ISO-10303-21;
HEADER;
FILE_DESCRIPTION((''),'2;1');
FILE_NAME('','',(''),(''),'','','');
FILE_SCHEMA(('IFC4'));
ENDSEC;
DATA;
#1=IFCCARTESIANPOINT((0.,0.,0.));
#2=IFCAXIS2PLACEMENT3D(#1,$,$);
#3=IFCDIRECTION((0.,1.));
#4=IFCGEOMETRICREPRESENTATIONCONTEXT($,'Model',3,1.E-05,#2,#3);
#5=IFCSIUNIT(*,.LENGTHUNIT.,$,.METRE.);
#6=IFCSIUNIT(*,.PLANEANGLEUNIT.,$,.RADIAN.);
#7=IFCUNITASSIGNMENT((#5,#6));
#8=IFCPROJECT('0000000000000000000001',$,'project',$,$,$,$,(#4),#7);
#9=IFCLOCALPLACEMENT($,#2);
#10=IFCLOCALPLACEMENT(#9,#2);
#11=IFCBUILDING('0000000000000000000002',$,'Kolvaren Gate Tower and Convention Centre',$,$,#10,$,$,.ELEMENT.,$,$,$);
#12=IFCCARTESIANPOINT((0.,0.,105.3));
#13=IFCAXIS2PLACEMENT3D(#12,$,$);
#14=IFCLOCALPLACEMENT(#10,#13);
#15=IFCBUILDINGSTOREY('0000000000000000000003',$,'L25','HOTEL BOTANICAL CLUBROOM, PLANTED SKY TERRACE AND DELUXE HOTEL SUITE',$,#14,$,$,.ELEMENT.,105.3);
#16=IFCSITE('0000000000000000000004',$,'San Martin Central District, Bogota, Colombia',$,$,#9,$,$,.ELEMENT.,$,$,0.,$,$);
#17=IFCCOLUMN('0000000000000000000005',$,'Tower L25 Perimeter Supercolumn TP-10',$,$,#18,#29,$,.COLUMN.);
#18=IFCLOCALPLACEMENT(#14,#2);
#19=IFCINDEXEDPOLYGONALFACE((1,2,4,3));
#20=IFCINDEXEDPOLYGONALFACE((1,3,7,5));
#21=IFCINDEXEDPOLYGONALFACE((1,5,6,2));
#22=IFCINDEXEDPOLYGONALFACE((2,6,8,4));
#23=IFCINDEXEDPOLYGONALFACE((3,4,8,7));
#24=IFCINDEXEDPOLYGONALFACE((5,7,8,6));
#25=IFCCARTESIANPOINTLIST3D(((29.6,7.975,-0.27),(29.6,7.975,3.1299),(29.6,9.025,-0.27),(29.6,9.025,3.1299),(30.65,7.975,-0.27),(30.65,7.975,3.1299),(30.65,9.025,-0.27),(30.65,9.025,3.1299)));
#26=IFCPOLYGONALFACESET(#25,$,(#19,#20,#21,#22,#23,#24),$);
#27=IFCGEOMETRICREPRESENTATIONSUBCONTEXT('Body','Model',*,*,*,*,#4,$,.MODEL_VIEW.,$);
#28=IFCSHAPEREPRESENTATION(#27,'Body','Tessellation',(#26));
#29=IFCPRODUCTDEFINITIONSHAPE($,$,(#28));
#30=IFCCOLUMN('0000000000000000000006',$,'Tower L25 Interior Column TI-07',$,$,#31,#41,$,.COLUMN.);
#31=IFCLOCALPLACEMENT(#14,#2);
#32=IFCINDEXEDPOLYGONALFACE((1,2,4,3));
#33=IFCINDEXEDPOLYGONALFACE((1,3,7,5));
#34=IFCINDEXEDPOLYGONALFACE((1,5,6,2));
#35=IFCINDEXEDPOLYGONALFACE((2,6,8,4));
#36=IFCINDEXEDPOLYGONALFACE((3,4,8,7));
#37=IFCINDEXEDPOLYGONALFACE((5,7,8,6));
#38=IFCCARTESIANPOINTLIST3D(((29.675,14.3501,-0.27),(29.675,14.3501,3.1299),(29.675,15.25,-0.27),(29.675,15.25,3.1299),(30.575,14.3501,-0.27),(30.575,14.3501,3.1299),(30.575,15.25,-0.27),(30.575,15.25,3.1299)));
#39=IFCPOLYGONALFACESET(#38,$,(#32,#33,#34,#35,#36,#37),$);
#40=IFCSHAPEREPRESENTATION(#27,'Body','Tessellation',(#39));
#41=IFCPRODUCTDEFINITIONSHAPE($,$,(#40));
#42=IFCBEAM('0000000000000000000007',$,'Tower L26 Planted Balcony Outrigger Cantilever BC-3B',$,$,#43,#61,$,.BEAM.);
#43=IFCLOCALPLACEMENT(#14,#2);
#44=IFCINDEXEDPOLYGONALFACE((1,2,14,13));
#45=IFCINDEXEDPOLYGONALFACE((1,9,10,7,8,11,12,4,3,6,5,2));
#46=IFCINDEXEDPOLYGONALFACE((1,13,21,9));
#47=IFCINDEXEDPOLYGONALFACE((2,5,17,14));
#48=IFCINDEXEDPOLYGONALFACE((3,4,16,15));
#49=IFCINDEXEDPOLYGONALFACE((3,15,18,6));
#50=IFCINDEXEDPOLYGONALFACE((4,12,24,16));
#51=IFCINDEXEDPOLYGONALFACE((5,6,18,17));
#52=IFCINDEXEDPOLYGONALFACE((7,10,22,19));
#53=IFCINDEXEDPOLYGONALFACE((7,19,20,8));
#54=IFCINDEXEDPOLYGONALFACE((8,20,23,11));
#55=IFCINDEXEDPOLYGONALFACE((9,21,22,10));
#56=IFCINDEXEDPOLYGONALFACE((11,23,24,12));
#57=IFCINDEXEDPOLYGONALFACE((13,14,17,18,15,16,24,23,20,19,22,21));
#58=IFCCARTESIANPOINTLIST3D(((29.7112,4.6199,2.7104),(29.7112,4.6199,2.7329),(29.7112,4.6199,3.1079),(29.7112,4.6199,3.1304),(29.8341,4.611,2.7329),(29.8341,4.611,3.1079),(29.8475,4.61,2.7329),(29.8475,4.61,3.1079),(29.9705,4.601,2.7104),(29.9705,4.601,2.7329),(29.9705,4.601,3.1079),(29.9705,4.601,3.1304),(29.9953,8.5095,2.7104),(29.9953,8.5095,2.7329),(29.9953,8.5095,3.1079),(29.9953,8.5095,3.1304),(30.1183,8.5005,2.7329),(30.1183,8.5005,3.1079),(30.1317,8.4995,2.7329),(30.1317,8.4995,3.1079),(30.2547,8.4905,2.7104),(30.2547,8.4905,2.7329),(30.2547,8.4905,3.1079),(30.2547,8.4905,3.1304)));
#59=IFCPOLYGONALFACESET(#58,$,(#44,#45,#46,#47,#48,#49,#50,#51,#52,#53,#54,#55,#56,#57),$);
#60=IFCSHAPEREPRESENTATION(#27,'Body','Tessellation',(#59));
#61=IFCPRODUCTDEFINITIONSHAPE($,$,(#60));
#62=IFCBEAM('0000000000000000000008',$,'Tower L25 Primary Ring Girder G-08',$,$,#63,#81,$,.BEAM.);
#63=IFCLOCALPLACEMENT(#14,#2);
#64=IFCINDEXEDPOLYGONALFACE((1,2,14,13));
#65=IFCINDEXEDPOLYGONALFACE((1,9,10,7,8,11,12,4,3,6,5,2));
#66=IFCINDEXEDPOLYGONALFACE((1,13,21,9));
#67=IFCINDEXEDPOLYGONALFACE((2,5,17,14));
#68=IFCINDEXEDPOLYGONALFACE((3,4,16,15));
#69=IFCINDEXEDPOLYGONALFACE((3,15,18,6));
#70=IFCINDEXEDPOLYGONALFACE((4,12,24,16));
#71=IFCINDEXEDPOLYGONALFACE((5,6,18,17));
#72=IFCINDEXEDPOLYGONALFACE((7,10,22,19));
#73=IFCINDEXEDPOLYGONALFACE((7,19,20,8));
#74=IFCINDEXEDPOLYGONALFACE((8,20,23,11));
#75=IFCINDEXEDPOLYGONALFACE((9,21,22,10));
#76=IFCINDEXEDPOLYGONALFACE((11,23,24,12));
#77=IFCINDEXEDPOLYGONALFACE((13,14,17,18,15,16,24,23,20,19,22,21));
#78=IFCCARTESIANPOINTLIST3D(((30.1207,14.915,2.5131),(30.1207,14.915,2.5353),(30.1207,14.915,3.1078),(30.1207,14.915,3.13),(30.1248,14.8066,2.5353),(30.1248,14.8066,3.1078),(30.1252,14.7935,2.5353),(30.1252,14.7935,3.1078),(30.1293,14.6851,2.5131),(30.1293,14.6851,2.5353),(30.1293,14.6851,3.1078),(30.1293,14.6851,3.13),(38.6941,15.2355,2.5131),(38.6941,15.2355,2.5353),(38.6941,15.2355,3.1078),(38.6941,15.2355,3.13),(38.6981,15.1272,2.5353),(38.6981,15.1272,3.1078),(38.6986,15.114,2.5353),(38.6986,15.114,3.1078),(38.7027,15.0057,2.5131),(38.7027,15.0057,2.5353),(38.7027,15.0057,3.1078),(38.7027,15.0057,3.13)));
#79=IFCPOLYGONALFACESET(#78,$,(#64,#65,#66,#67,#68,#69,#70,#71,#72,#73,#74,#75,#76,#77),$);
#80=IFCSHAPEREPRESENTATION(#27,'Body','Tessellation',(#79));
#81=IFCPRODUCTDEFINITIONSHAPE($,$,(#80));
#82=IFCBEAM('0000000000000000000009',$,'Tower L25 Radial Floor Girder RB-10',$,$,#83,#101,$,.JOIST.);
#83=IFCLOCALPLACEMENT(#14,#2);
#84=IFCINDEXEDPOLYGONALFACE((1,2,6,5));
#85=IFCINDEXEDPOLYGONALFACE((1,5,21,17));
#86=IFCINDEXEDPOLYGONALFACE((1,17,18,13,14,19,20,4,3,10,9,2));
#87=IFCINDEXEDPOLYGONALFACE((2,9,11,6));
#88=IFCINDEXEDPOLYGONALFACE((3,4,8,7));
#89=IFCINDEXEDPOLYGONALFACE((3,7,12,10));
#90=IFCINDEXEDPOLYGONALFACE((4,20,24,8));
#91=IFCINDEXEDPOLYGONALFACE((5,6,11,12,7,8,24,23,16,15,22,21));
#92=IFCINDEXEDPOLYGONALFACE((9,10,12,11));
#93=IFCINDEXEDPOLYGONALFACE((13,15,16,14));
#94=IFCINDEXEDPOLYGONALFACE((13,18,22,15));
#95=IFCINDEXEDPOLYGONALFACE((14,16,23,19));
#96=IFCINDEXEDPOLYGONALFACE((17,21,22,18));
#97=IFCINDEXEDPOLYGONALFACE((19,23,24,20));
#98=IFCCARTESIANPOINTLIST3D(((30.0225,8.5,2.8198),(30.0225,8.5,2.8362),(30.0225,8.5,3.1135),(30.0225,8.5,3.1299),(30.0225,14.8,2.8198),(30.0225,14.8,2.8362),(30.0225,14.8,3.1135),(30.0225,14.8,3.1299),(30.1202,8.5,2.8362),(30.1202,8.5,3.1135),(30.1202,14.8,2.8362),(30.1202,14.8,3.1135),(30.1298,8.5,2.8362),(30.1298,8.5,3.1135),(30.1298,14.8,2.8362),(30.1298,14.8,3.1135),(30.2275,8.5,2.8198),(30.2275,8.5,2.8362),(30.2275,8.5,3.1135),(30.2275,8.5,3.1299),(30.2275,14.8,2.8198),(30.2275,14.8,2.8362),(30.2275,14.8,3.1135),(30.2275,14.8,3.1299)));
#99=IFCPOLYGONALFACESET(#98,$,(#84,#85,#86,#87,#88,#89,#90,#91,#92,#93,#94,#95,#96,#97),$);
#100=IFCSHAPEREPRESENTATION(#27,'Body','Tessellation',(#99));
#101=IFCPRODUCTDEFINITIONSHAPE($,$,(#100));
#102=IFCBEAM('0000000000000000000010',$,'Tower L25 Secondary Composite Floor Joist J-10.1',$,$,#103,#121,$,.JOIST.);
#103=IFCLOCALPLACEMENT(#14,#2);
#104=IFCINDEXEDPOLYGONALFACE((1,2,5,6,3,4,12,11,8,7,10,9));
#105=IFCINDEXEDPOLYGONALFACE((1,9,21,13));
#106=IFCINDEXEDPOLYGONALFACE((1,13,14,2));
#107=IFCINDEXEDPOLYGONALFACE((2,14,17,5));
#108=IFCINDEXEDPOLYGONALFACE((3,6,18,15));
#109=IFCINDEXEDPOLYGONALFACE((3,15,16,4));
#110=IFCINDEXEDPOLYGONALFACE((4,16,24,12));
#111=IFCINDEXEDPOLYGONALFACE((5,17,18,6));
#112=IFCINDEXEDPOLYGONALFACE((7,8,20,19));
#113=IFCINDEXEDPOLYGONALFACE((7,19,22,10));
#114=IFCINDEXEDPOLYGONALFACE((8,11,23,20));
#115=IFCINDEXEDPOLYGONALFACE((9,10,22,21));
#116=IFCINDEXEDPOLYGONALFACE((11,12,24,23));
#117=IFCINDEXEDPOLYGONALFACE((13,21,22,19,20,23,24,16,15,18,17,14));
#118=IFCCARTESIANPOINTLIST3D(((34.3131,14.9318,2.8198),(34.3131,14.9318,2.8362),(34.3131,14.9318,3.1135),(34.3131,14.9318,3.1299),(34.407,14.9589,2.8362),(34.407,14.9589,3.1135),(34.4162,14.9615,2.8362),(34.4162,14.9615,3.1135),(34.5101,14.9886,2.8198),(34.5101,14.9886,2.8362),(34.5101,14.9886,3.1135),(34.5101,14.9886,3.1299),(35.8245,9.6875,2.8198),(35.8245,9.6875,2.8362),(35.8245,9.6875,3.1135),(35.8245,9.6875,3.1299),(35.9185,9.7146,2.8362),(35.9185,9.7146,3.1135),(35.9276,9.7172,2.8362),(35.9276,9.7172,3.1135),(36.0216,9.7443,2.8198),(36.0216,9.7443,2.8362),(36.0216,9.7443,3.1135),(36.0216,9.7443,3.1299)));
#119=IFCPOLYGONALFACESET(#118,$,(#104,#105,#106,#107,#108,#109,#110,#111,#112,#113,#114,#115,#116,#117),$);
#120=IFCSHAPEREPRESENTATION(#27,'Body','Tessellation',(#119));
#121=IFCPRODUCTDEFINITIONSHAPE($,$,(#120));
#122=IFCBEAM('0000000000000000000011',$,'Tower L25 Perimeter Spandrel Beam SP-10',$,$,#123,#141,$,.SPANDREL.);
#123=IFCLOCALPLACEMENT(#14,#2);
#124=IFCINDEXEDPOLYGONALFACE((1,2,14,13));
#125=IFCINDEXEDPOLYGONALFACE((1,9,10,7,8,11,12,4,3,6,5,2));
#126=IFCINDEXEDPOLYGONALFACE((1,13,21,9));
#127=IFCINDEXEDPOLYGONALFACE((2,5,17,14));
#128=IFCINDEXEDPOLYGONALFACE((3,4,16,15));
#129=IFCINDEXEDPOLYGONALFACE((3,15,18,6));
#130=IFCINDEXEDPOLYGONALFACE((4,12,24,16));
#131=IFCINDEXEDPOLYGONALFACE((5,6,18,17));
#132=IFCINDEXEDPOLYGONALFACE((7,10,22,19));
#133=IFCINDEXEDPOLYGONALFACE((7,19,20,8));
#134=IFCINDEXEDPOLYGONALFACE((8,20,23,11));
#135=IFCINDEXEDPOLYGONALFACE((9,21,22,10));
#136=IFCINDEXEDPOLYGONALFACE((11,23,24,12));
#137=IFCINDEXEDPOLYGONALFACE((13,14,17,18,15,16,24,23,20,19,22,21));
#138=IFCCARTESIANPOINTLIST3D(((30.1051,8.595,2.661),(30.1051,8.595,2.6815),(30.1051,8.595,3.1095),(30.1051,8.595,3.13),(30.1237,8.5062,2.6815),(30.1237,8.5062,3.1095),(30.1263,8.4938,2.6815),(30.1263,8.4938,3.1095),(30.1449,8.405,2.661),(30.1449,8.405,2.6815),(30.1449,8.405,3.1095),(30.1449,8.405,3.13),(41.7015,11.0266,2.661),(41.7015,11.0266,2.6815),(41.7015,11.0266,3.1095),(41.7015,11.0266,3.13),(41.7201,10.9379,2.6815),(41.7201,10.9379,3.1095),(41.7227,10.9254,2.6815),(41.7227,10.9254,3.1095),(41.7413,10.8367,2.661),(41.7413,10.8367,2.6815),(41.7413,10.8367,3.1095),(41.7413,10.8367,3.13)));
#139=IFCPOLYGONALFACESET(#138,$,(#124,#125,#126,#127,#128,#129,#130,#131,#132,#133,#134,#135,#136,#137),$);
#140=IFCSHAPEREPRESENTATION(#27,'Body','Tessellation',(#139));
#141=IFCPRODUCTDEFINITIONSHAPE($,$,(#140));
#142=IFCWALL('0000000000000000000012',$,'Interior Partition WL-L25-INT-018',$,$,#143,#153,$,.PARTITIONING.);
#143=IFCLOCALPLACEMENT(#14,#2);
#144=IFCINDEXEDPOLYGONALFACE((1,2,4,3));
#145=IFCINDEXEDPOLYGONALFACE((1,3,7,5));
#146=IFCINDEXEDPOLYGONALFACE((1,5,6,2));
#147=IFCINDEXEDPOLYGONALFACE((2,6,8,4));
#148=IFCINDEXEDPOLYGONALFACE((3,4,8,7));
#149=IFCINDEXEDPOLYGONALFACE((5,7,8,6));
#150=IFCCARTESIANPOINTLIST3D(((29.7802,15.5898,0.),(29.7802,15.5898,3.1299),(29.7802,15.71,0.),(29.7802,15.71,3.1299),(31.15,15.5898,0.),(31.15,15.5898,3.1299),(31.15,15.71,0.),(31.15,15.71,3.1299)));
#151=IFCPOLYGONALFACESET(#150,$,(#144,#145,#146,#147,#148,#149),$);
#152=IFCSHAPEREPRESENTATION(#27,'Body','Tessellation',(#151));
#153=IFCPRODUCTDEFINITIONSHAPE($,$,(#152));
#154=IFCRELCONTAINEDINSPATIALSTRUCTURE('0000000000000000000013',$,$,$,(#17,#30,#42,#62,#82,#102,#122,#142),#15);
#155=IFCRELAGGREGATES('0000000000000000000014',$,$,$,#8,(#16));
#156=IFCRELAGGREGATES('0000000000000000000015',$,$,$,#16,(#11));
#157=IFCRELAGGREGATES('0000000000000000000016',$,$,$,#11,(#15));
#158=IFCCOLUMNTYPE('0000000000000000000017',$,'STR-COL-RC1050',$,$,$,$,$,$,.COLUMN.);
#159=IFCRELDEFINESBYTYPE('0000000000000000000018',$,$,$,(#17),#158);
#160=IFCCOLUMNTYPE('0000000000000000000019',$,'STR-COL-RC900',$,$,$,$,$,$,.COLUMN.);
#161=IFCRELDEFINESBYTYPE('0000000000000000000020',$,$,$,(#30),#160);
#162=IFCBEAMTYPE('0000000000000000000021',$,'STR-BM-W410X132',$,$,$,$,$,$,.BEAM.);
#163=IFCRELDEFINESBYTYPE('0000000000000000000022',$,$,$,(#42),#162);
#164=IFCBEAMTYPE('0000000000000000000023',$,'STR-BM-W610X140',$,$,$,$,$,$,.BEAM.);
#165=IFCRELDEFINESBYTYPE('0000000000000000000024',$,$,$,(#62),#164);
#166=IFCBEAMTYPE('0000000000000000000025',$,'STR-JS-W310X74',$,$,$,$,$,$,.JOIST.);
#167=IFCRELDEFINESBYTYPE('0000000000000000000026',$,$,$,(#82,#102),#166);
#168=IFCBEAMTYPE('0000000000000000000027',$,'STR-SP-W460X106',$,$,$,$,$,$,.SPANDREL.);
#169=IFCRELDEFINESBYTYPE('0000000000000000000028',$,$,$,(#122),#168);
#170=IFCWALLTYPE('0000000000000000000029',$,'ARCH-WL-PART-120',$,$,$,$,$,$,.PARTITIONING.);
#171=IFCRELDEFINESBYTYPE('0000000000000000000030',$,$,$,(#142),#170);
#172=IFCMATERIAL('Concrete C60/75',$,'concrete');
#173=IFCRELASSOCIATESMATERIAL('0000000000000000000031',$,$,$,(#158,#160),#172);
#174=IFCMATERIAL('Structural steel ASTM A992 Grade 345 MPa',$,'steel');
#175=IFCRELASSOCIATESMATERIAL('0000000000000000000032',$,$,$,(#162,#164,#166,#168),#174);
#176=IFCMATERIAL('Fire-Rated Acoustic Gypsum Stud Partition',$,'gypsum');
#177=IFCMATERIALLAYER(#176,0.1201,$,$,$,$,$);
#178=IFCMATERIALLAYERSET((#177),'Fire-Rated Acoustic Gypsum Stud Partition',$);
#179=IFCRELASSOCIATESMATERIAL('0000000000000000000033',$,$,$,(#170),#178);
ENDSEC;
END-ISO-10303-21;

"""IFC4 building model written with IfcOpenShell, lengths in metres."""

from ifc_helpers import new_model, si_unit, direction, frame, frame_2d, origin, origin_2d, place, context, subcontext, project, spatial, rectangle, i_section, extrude, material, layer, layer_set, material_profile, profile_set, type_object, element, save


model = new_model("IFC4")

# Units and contexts
model_context = context("Model", 3, precision=1e-05, world=origin(), true_north=direction((0.0, 1.0)))
body_context = subcontext(model_context, "Body", "Model", "MODEL_VIEW")
ifc_project = project(units=[si_unit("LENGTHUNIT", "METRE"), si_unit("PLANEANGLEUNIT", "RADIAN")], contexts=[model_context])

# Site, building, storey
site_placement = place(None, origin())
site = spatial("IfcSite", under=ifc_project, at=site_placement, Name="San Martin Central District, Bogota, Colombia", CompositionType="ELEMENT", RefElevation=0.0)
building_placement = place(site_placement, origin())
building = spatial("IfcBuilding", under=site, at=building_placement, Name="Kolvaren Gate Tower and Convention Centre", CompositionType="ELEMENT")
storey_placement = place(building_placement, frame((0.0, 0.0, 105.3)))
storey = spatial("IfcBuildingStorey", under=building, at=storey_placement, Name="L25", Description="HOTEL BOTANICAL CLUBROOM, PLANTED SKY TERRACE AND DELUXE HOTEL SUITE", CompositionType="ELEMENT", Elevation=105.3)

# Columns
ifc_material_1 = material(Name="Concrete C60/75", Category="concrete")
ifc_material_profile_1 = material_profile(ifc_material_1, rectangle(XDim=1.05, YDim=1.05, at=origin_2d()), Name="RC-COL-1050X1050")
ifc_profile_set_1 = profile_set([ifc_material_profile_1], Name="Concrete C60/75")
column_type_1 = type_object("IfcColumnType", Name="STR-COL-RC1050", PredefinedType="COLUMN", material=ifc_profile_set_1)
column_1_placement = place(storey_placement, frame((30.125, 8.5, -0.27), z_axis=(0.0, 0.0, 1.0), x_axis=(1.0, 0.0, 0.0)))
element("IfcColumn", 1, at=column_1_placement, inside=storey, type_object=column_type_1, Name="Tower L25 Perimeter Supercolumn TP-10", PredefinedType="COLUMN", context=body_context, shape_type="SweptSolid", body=[
    extrude(rectangle(XDim=1.05, YDim=1.05, at=origin_2d()), origin(), (0.0, 0.0, 1.0), 3.3999),
])
ifc_material_profile_2 = material_profile(ifc_material_1, rectangle(XDim=0.8999, YDim=0.8999, at=origin_2d()), Name="RC-COL-900X900")
ifc_profile_set_2 = profile_set([ifc_material_profile_2], Name="Concrete C60/75")
column_type_2 = type_object("IfcColumnType", Name="STR-COL-RC900", PredefinedType="COLUMN", material=ifc_profile_set_2)
column_2_placement = place(storey_placement, frame((30.125, 14.8, -0.27), z_axis=(0.0, 0.0, 1.0), x_axis=(1.0, 0.0, 0.0)))
element("IfcColumn", 2, at=column_2_placement, inside=storey, type_object=column_type_2, Name="Tower L25 Interior Column TI-07", PredefinedType="COLUMN", context=body_context, shape_type="SweptSolid", body=[
    extrude(rectangle(XDim=0.8999, YDim=0.8999, at=origin_2d()), origin(), (0.0, 0.0, 1.0), 3.3999),
])

# Beams
ifc_material_2 = material(Name="Structural steel ASTM A992 Grade 345 MPa", Category="steel")
ifc_material_profile_3 = material_profile(ifc_material_2, i_section(OverallWidth=0.26, OverallDepth=0.4199, WebThickness=0.0134, FlangeThickness=0.0225, at=origin_2d()), Name="W410X132")
ifc_profile_set_3 = profile_set([ifc_material_profile_3], Name="Structural steel ASTM A992 Grade 345 MPa")
beam_type_1 = type_object("IfcBeamType", Name="STR-BM-W410X132", PredefinedType="BEAM", material=ifc_profile_set_3)
beam_1_placement = place(storey_placement, frame((30.125, 8.5, 2.9204), z_axis=(-0.072866, -0.997342, 0.0), x_axis=(0.997342, -0.072866, 0.0)))
element("IfcBeam", 3, at=beam_1_placement, inside=storey, type_object=beam_type_1, Name="Tower L26 Planted Balcony Outrigger Cantilever BC-3B", PredefinedType="BEAM", context=body_context, shape_type="SweptSolid", body=[
    extrude(i_section(OverallWidth=0.26, OverallDepth=0.4199, WebThickness=0.0134, FlangeThickness=0.0225, at=origin_2d()), origin(), (0.0, 0.0, 1.0), 3.8999),
])
ifc_material_profile_4 = material_profile(ifc_material_2, i_section(OverallWidth=0.23, OverallDepth=0.6169, WebThickness=0.0132, FlangeThickness=0.0222, at=origin_2d()), Name="W610X140")
ifc_profile_set_4 = profile_set([ifc_material_profile_4], Name="Structural steel ASTM A992 Grade 345 MPa")
beam_type_2 = type_object("IfcBeamType", Name="STR-BM-W610X140", PredefinedType="BEAM", material=ifc_profile_set_4)
beam_2_placement = place(storey_placement, frame((30.125, 14.8, 2.8215), z_axis=(0.999302, 0.037364, 0.0), x_axis=(-0.037364, 0.999302, 0.0)))
element("IfcBeam", 4, at=beam_2_placement, inside=storey, type_object=beam_type_2, Name="Tower L25 Primary Ring Girder G-08", PredefinedType="BEAM", context=body_context, shape_type="SweptSolid", body=[
    extrude(i_section(OverallWidth=0.23, OverallDepth=0.6169, WebThickness=0.0132, FlangeThickness=0.0222, at=origin_2d()), origin(), (0.0, 0.0, 1.0), 8.5793),
])
ifc_material_profile_5 = material_profile(ifc_material_2, i_section(OverallWidth=0.2051, OverallDepth=0.3101, WebThickness=0.0095, FlangeThickness=0.0164, at=origin_2d()), Name="W310X74")
ifc_profile_set_5 = profile_set([ifc_material_profile_5], Name="Structural steel ASTM A992 Grade 345 MPa")
beam_type_3 = type_object("IfcBeamType", Name="STR-JS-W310X74", PredefinedType="JOIST", material=ifc_profile_set_5)
beam_3_placement = place(storey_placement, frame((30.125, 14.8, 2.9749), z_axis=(0.0, -1.0, 0.0), x_axis=(1.0, 0.0, 0.0)))
element("IfcBeam", 5, at=beam_3_placement, inside=storey, type_object=beam_type_3, Name="Tower L25 Radial Floor Girder RB-10", PredefinedType="JOIST", context=body_context, shape_type="SweptSolid", body=[
    extrude(i_section(OverallWidth=0.2051, OverallDepth=0.3101, WebThickness=0.0095, FlangeThickness=0.0164, at=origin_2d()), origin(), (0.0, 0.0, 1.0), 6.3),
])
beam_4_placement = place(storey_placement, frame((34.4116, 14.9602, 2.9749), z_axis=(0.276936, -0.960888, 0.0), x_axis=(0.960888, 0.276936, 0.0)))
element("IfcBeam", 6, at=beam_4_placement, inside=storey, type_object=beam_type_3, Name="Tower L25 Secondary Composite Floor Joist J-10.1", PredefinedType="JOIST", context=body_context, shape_type="SweptSolid", body=[
    extrude(i_section(OverallWidth=0.2051, OverallDepth=0.3101, WebThickness=0.0095, FlangeThickness=0.0164, at=origin_2d()), origin(), (0.0, 0.0, 1.0), 5.4578),
])
ifc_material_profile_6 = material_profile(ifc_material_2, i_section(OverallWidth=0.1941, OverallDepth=0.469, WebThickness=0.0127, FlangeThickness=0.0205, at=origin_2d()), Name="W460X106")
ifc_profile_set_6 = profile_set([ifc_material_profile_6], Name="Structural steel ASTM A992 Grade 345 MPa")
beam_type_4 = type_object("IfcBeamType", Name="STR-SP-W460X106", PredefinedType="SPANDREL", material=ifc_profile_set_6)
beam_5_placement = place(storey_placement, frame((30.125, 8.5, 2.8955), z_axis=(0.978715, 0.205225, 0.0), x_axis=(-0.205225, 0.978715, 0.0)))
element("IfcBeam", 7, at=beam_5_placement, inside=storey, type_object=beam_type_4, Name="Tower L25 Perimeter Spandrel Beam SP-10", PredefinedType="SPANDREL", context=body_context, shape_type="SweptSolid", body=[
    extrude(i_section(OverallWidth=0.1941, OverallDepth=0.469, WebThickness=0.0127, FlangeThickness=0.0205, at=origin_2d()), origin(), (0.0, 0.0, 1.0), 11.8486),
])

# Wall
ifc_material_3 = material(Name="Fire-Rated Acoustic Gypsum Stud Partition", Category="gypsum")
ifc_layer_1 = layer(ifc_material_3, 0.1201)
ifc_layer_set_1 = layer_set([ifc_layer_1], Name="Fire-Rated Acoustic Gypsum Stud Partition")
wall_type_1 = type_object("IfcWallType", Name="ARCH-WL-PART-120", PredefinedType="PARTITIONING", material=ifc_layer_set_1)
wall_1_placement = place(storey_placement, frame((29.78, 15.6499, 0.0), z_axis=(0.0, 0.0, 1.0), x_axis=(1.0, 0.0, 0.0)))
element("IfcWall", 8, at=wall_1_placement, inside=storey, type_object=wall_type_1, Name="Interior Partition WL-L25-INT-018", PredefinedType="PARTITIONING", context=body_context, shape_type="SweptSolid", body=[
    extrude(rectangle(XDim=1.3699, YDim=0.1201, at=frame_2d((0.6851, 0.0))), origin(), (0.0, 0.0, 1.0), 3.1299),
])

save(model, "model.ifc")
